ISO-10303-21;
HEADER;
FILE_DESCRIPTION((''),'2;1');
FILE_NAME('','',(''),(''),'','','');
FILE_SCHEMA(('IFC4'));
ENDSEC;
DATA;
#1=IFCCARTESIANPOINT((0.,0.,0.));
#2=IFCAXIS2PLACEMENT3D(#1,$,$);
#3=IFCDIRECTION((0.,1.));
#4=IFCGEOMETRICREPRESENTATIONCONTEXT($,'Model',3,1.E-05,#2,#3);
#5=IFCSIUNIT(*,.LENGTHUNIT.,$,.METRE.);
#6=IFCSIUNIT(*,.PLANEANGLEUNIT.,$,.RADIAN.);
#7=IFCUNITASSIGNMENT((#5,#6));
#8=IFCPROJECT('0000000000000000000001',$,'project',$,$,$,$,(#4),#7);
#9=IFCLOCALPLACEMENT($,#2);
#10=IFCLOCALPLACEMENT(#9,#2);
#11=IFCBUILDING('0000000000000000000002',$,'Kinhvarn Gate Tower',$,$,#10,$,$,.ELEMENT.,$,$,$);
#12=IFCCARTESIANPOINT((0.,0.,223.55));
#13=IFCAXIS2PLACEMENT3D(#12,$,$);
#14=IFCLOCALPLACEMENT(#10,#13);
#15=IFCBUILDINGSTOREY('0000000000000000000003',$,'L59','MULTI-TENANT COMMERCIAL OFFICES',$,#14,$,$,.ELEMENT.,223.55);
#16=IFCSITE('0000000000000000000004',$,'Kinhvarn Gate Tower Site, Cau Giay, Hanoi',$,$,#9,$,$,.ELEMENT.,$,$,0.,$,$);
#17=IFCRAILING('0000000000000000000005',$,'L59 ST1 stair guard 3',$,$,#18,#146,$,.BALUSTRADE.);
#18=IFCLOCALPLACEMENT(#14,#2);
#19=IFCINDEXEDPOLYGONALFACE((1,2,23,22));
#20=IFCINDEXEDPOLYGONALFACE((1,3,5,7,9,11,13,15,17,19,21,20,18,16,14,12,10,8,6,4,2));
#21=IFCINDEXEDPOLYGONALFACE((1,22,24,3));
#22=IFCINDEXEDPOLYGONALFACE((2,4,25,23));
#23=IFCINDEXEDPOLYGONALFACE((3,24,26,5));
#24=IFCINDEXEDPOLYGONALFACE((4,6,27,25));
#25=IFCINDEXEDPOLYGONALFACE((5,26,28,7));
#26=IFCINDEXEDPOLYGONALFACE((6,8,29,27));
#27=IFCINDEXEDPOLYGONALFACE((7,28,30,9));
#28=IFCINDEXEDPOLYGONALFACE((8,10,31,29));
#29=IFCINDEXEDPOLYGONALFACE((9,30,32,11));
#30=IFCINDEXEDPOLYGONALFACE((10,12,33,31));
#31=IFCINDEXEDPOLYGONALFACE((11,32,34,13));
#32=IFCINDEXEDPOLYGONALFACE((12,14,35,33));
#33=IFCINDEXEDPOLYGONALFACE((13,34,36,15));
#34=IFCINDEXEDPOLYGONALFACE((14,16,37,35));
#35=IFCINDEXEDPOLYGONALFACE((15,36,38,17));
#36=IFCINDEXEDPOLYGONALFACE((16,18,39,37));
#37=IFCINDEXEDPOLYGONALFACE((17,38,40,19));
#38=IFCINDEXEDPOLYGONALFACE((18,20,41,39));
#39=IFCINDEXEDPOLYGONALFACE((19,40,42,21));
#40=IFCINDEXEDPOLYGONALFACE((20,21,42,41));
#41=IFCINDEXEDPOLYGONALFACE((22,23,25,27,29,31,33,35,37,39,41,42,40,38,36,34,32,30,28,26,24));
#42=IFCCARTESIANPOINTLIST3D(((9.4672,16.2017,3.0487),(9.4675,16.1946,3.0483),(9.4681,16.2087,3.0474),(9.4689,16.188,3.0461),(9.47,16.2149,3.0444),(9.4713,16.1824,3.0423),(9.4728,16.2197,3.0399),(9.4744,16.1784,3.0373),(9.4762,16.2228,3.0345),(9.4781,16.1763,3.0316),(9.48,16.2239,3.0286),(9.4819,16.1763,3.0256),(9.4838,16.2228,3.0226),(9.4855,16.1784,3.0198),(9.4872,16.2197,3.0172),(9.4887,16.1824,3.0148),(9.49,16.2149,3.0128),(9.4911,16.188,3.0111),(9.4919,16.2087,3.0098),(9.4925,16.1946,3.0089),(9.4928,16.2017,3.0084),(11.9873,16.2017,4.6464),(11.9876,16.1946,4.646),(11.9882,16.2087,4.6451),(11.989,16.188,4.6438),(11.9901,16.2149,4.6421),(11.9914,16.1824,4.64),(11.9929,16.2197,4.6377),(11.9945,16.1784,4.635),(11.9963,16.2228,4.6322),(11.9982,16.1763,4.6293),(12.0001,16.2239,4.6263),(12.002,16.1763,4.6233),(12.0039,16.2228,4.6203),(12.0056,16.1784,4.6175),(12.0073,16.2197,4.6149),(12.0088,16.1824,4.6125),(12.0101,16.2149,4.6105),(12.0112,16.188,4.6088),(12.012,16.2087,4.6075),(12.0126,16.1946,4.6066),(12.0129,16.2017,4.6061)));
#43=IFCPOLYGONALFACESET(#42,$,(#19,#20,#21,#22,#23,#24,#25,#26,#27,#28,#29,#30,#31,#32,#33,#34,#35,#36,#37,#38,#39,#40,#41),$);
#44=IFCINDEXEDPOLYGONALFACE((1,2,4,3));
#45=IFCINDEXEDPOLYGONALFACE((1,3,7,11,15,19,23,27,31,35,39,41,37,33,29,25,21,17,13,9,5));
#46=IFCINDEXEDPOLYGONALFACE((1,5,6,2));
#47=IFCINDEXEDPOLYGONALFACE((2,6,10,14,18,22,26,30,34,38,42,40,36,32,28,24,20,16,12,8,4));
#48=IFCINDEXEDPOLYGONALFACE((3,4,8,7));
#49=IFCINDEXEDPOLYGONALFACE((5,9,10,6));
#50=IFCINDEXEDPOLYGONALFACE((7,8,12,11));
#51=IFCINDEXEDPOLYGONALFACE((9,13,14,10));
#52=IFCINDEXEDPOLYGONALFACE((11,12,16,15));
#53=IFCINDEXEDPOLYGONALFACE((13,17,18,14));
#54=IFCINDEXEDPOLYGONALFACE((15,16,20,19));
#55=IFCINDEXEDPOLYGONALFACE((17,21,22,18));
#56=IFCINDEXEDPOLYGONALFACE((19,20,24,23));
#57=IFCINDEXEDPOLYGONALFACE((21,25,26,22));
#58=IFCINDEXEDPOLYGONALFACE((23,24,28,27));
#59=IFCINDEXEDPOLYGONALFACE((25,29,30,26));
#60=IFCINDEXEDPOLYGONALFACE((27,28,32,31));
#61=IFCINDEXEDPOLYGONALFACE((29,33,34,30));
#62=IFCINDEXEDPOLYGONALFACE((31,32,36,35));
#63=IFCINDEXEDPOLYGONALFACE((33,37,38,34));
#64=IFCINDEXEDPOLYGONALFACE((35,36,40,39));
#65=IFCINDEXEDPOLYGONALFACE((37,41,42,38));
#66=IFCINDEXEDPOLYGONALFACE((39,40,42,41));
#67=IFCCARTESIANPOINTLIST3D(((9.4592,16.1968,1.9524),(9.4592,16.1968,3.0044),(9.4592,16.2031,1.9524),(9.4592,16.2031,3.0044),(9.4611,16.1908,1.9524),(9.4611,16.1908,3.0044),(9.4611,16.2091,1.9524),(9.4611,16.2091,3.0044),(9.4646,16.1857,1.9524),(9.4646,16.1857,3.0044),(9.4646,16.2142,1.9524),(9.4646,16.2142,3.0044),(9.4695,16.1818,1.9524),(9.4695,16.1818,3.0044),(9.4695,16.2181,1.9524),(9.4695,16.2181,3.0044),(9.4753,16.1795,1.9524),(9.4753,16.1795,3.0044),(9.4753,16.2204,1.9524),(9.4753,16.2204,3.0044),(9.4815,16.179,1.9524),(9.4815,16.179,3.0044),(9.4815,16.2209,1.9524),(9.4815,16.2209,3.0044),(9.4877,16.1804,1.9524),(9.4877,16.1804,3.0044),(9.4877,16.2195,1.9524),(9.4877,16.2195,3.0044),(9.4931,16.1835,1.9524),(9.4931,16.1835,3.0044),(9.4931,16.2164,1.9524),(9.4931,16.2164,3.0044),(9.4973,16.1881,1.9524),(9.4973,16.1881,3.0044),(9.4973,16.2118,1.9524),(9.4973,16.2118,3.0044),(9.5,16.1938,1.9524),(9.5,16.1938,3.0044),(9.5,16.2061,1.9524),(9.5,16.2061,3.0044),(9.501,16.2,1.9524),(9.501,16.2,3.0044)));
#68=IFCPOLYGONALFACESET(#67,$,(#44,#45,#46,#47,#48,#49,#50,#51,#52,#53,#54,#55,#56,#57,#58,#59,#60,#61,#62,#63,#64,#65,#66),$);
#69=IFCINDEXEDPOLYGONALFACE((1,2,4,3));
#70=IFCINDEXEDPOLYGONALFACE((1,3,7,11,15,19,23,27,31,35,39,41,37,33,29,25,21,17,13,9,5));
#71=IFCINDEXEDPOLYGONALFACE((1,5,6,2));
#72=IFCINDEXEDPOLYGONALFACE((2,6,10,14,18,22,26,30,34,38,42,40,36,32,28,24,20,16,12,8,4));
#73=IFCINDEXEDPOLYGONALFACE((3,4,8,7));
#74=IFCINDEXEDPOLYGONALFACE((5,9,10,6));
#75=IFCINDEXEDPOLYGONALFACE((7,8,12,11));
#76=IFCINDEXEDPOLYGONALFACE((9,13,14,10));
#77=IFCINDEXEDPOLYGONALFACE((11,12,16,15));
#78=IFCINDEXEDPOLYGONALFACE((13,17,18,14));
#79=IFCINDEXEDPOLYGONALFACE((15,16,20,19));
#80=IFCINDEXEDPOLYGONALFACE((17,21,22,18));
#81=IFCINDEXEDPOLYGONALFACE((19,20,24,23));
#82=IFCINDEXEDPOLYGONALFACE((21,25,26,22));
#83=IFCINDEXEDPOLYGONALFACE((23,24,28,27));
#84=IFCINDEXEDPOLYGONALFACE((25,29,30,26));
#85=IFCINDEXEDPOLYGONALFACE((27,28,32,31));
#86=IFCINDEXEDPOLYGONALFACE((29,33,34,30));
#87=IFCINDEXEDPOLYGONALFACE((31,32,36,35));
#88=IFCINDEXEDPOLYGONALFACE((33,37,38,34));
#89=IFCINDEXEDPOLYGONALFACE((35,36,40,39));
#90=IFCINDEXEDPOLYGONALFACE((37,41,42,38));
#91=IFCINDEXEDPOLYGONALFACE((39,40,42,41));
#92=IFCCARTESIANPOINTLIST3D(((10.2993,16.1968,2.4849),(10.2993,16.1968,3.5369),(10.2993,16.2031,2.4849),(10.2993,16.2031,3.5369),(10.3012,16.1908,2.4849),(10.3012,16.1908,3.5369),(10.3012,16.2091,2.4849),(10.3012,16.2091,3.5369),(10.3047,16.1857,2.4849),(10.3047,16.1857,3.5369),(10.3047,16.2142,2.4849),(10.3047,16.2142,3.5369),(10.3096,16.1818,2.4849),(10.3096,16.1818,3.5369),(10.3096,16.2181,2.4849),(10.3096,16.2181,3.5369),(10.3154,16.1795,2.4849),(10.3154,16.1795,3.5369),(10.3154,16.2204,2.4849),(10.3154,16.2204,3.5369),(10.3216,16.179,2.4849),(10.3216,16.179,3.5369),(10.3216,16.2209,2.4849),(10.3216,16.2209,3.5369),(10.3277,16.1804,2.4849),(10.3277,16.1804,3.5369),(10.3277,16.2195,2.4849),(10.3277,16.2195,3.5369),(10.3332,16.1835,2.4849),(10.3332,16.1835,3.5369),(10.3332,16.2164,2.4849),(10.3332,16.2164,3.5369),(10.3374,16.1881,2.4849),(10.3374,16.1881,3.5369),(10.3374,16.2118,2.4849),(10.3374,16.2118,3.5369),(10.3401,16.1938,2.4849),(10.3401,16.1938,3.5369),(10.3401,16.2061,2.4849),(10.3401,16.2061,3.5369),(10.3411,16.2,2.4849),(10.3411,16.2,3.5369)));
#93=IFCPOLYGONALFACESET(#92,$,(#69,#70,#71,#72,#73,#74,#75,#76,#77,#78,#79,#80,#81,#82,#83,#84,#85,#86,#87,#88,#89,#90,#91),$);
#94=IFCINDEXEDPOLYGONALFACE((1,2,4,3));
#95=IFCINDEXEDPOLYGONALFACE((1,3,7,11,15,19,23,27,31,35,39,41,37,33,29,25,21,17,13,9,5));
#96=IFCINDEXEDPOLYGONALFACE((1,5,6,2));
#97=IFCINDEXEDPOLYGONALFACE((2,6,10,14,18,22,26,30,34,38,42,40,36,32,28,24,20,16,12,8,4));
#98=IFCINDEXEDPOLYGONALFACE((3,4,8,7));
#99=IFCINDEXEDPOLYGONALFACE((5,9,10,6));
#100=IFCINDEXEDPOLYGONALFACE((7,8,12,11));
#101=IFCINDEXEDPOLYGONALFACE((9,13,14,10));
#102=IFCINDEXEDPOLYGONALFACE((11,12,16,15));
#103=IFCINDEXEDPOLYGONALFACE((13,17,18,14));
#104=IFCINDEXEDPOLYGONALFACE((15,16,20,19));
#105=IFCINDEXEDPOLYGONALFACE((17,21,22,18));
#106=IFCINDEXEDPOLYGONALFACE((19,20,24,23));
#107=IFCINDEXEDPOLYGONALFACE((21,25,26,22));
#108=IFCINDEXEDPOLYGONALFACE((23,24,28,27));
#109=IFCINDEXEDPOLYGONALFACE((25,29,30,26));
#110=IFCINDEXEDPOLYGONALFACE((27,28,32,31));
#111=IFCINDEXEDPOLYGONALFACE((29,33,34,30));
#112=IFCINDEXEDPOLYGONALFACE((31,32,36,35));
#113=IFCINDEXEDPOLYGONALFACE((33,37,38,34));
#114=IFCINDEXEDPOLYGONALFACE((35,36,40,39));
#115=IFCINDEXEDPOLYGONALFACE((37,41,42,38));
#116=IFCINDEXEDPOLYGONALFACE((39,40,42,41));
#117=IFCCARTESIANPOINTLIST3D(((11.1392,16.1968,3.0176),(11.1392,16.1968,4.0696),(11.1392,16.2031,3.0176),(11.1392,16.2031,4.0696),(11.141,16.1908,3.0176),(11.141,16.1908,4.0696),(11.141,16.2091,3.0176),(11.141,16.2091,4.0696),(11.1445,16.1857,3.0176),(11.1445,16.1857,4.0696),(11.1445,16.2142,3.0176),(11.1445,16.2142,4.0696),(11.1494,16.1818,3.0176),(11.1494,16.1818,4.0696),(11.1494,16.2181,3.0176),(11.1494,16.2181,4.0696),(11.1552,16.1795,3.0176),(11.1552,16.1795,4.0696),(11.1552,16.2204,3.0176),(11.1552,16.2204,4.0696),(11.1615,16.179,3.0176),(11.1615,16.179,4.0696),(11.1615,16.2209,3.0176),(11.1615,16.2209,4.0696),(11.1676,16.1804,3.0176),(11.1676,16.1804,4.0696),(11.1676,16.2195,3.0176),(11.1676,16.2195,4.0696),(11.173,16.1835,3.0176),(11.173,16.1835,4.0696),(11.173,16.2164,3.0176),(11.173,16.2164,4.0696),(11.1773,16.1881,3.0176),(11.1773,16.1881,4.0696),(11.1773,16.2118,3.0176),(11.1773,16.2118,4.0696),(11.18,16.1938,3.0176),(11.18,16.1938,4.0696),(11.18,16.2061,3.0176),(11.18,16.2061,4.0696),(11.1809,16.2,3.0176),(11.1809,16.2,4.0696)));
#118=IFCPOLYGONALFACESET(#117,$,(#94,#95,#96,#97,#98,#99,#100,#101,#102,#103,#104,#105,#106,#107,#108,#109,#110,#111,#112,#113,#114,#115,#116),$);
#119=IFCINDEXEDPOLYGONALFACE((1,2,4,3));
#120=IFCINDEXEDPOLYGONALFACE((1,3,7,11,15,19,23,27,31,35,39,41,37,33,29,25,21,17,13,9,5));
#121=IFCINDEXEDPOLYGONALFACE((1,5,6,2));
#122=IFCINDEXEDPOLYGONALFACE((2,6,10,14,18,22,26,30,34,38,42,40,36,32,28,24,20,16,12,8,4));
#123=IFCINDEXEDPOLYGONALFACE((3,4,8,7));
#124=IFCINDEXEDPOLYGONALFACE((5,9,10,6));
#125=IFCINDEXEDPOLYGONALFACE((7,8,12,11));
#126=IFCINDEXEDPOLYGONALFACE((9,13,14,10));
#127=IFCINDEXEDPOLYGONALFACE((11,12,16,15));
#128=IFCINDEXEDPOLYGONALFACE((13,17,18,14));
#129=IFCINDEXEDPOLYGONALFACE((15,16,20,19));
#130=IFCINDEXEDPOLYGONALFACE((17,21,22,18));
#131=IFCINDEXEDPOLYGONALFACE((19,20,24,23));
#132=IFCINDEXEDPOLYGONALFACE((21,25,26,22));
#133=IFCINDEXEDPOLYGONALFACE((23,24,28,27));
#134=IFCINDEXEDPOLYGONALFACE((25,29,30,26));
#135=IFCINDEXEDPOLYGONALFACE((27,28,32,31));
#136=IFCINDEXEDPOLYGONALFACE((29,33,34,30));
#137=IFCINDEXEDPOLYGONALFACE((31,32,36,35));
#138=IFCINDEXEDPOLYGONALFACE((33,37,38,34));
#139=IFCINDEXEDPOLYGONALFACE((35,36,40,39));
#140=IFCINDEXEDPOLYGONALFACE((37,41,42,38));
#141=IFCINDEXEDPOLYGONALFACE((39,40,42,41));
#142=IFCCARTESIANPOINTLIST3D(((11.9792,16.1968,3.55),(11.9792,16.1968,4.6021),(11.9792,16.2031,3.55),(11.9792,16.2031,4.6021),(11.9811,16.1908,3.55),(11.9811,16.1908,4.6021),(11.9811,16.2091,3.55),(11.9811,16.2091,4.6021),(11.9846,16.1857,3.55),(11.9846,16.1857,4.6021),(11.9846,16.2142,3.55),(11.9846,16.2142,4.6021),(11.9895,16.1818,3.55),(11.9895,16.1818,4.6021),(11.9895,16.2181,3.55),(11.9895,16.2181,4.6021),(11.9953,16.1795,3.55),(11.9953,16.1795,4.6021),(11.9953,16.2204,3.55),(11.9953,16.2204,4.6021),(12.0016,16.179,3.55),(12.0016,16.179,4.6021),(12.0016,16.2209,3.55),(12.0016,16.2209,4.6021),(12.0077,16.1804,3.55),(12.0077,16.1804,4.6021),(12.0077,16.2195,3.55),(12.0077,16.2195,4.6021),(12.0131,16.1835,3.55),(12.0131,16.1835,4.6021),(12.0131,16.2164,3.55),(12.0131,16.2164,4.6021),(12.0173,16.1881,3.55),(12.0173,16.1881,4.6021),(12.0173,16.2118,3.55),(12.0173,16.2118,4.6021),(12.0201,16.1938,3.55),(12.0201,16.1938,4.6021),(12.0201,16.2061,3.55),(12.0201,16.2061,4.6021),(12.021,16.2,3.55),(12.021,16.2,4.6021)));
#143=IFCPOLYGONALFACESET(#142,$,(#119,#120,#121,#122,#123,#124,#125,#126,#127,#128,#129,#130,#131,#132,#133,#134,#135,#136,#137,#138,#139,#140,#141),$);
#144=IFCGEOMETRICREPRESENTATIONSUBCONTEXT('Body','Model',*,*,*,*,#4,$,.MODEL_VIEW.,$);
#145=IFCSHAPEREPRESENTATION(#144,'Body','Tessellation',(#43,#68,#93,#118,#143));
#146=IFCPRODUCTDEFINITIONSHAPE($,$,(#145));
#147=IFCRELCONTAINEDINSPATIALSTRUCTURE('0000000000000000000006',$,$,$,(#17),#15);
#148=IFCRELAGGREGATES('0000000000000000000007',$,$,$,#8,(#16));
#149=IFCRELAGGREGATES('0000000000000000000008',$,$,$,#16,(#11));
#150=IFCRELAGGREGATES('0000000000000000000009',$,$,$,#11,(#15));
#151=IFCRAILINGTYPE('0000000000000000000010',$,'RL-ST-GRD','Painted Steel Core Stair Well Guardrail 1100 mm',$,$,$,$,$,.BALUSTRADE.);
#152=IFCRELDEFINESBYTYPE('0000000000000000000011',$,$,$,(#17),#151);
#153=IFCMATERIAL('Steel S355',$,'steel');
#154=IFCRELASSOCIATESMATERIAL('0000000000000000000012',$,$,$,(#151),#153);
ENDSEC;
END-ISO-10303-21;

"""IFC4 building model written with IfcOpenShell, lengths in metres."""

from ifc_helpers import new_model, si_unit, direction, frame, origin, origin_2d, place, context, subcontext, project, spatial, circle, extrude, material, type_object, element, save


model = new_model("IFC4")

# Units and contexts
model_context = context("Model", 3, precision=1e-05, world=origin(), true_north=direction((0.0, 1.0)))
body_context = subcontext(model_context, "Body", "Model", "MODEL_VIEW")
ifc_project = project(units=[si_unit("LENGTHUNIT", "METRE"), si_unit("PLANEANGLEUNIT", "RADIAN")], contexts=[model_context])

# Site, building, storey
site_placement = place(None, origin())
site = spatial("IfcSite", under=ifc_project, at=site_placement, Name="Kinhvarn Gate Tower Site, Cau Giay, Hanoi", CompositionType="ELEMENT", RefElevation=0.0)
building_placement = place(site_placement, origin())
building = spatial("IfcBuilding", under=site, at=building_placement, Name="Kinhvarn Gate Tower", CompositionType="ELEMENT")
storey_placement = place(building_placement, frame((0.0, 0.0, 223.55)))
storey = spatial("IfcBuildingStorey", under=building, at=storey_placement, Name="L59", Description="MULTI-TENANT COMMERCIAL OFFICES", CompositionType="ELEMENT", Elevation=223.55)

# Shared definitions
ifc_material_1 = material(Name="Steel S355", Category="steel")

# Railing
railing_type_1 = type_object("IfcRailingType", Name="RL-ST-GRD", Description="Painted Steel Core Stair Well Guardrail 1100 mm", PredefinedType="BALUSTRADE", material=ifc_material_1)
railing_1_placement = place(storey_placement, frame((9.48, 16.2, 1.9524)))
element("IfcRailing", 1, at=railing_1_placement, inside=storey, type_object=railing_type_1, Name="L59 ST1 stair guard 3", PredefinedType="BALUSTRADE", context=body_context, shape_type="SweptSolid", body=[
    extrude(circle(Radius=0.0239, at=origin_2d()), frame((0.0, 0.0, 1.0762), z_axis=(0.84457, 0.0, 0.535445), x_axis=(0.0, 1.0, 0.0)), (0.0, 0.0, 1.0), 2.9839),
    extrude(circle(Radius=0.021, at=origin_2d()), origin(), (0.0, 0.0, 1.0), 1.052),
    extrude(circle(Radius=0.021, at=origin_2d()), frame((0.8401, 0.0, 0.5325)), (0.0, 0.0, 1.0), 1.052),
    extrude(circle(Radius=0.021, at=origin_2d()), frame((1.6799, 0.0, 1.0652)), (0.0, 0.0, 1.0), 1.052),
    extrude(circle(Radius=0.021, at=origin_2d()), frame((2.52, 0.0, 1.5977)), (0.0, 0.0, 1.0), 1.052),
])

save(model, "model.ifc")
